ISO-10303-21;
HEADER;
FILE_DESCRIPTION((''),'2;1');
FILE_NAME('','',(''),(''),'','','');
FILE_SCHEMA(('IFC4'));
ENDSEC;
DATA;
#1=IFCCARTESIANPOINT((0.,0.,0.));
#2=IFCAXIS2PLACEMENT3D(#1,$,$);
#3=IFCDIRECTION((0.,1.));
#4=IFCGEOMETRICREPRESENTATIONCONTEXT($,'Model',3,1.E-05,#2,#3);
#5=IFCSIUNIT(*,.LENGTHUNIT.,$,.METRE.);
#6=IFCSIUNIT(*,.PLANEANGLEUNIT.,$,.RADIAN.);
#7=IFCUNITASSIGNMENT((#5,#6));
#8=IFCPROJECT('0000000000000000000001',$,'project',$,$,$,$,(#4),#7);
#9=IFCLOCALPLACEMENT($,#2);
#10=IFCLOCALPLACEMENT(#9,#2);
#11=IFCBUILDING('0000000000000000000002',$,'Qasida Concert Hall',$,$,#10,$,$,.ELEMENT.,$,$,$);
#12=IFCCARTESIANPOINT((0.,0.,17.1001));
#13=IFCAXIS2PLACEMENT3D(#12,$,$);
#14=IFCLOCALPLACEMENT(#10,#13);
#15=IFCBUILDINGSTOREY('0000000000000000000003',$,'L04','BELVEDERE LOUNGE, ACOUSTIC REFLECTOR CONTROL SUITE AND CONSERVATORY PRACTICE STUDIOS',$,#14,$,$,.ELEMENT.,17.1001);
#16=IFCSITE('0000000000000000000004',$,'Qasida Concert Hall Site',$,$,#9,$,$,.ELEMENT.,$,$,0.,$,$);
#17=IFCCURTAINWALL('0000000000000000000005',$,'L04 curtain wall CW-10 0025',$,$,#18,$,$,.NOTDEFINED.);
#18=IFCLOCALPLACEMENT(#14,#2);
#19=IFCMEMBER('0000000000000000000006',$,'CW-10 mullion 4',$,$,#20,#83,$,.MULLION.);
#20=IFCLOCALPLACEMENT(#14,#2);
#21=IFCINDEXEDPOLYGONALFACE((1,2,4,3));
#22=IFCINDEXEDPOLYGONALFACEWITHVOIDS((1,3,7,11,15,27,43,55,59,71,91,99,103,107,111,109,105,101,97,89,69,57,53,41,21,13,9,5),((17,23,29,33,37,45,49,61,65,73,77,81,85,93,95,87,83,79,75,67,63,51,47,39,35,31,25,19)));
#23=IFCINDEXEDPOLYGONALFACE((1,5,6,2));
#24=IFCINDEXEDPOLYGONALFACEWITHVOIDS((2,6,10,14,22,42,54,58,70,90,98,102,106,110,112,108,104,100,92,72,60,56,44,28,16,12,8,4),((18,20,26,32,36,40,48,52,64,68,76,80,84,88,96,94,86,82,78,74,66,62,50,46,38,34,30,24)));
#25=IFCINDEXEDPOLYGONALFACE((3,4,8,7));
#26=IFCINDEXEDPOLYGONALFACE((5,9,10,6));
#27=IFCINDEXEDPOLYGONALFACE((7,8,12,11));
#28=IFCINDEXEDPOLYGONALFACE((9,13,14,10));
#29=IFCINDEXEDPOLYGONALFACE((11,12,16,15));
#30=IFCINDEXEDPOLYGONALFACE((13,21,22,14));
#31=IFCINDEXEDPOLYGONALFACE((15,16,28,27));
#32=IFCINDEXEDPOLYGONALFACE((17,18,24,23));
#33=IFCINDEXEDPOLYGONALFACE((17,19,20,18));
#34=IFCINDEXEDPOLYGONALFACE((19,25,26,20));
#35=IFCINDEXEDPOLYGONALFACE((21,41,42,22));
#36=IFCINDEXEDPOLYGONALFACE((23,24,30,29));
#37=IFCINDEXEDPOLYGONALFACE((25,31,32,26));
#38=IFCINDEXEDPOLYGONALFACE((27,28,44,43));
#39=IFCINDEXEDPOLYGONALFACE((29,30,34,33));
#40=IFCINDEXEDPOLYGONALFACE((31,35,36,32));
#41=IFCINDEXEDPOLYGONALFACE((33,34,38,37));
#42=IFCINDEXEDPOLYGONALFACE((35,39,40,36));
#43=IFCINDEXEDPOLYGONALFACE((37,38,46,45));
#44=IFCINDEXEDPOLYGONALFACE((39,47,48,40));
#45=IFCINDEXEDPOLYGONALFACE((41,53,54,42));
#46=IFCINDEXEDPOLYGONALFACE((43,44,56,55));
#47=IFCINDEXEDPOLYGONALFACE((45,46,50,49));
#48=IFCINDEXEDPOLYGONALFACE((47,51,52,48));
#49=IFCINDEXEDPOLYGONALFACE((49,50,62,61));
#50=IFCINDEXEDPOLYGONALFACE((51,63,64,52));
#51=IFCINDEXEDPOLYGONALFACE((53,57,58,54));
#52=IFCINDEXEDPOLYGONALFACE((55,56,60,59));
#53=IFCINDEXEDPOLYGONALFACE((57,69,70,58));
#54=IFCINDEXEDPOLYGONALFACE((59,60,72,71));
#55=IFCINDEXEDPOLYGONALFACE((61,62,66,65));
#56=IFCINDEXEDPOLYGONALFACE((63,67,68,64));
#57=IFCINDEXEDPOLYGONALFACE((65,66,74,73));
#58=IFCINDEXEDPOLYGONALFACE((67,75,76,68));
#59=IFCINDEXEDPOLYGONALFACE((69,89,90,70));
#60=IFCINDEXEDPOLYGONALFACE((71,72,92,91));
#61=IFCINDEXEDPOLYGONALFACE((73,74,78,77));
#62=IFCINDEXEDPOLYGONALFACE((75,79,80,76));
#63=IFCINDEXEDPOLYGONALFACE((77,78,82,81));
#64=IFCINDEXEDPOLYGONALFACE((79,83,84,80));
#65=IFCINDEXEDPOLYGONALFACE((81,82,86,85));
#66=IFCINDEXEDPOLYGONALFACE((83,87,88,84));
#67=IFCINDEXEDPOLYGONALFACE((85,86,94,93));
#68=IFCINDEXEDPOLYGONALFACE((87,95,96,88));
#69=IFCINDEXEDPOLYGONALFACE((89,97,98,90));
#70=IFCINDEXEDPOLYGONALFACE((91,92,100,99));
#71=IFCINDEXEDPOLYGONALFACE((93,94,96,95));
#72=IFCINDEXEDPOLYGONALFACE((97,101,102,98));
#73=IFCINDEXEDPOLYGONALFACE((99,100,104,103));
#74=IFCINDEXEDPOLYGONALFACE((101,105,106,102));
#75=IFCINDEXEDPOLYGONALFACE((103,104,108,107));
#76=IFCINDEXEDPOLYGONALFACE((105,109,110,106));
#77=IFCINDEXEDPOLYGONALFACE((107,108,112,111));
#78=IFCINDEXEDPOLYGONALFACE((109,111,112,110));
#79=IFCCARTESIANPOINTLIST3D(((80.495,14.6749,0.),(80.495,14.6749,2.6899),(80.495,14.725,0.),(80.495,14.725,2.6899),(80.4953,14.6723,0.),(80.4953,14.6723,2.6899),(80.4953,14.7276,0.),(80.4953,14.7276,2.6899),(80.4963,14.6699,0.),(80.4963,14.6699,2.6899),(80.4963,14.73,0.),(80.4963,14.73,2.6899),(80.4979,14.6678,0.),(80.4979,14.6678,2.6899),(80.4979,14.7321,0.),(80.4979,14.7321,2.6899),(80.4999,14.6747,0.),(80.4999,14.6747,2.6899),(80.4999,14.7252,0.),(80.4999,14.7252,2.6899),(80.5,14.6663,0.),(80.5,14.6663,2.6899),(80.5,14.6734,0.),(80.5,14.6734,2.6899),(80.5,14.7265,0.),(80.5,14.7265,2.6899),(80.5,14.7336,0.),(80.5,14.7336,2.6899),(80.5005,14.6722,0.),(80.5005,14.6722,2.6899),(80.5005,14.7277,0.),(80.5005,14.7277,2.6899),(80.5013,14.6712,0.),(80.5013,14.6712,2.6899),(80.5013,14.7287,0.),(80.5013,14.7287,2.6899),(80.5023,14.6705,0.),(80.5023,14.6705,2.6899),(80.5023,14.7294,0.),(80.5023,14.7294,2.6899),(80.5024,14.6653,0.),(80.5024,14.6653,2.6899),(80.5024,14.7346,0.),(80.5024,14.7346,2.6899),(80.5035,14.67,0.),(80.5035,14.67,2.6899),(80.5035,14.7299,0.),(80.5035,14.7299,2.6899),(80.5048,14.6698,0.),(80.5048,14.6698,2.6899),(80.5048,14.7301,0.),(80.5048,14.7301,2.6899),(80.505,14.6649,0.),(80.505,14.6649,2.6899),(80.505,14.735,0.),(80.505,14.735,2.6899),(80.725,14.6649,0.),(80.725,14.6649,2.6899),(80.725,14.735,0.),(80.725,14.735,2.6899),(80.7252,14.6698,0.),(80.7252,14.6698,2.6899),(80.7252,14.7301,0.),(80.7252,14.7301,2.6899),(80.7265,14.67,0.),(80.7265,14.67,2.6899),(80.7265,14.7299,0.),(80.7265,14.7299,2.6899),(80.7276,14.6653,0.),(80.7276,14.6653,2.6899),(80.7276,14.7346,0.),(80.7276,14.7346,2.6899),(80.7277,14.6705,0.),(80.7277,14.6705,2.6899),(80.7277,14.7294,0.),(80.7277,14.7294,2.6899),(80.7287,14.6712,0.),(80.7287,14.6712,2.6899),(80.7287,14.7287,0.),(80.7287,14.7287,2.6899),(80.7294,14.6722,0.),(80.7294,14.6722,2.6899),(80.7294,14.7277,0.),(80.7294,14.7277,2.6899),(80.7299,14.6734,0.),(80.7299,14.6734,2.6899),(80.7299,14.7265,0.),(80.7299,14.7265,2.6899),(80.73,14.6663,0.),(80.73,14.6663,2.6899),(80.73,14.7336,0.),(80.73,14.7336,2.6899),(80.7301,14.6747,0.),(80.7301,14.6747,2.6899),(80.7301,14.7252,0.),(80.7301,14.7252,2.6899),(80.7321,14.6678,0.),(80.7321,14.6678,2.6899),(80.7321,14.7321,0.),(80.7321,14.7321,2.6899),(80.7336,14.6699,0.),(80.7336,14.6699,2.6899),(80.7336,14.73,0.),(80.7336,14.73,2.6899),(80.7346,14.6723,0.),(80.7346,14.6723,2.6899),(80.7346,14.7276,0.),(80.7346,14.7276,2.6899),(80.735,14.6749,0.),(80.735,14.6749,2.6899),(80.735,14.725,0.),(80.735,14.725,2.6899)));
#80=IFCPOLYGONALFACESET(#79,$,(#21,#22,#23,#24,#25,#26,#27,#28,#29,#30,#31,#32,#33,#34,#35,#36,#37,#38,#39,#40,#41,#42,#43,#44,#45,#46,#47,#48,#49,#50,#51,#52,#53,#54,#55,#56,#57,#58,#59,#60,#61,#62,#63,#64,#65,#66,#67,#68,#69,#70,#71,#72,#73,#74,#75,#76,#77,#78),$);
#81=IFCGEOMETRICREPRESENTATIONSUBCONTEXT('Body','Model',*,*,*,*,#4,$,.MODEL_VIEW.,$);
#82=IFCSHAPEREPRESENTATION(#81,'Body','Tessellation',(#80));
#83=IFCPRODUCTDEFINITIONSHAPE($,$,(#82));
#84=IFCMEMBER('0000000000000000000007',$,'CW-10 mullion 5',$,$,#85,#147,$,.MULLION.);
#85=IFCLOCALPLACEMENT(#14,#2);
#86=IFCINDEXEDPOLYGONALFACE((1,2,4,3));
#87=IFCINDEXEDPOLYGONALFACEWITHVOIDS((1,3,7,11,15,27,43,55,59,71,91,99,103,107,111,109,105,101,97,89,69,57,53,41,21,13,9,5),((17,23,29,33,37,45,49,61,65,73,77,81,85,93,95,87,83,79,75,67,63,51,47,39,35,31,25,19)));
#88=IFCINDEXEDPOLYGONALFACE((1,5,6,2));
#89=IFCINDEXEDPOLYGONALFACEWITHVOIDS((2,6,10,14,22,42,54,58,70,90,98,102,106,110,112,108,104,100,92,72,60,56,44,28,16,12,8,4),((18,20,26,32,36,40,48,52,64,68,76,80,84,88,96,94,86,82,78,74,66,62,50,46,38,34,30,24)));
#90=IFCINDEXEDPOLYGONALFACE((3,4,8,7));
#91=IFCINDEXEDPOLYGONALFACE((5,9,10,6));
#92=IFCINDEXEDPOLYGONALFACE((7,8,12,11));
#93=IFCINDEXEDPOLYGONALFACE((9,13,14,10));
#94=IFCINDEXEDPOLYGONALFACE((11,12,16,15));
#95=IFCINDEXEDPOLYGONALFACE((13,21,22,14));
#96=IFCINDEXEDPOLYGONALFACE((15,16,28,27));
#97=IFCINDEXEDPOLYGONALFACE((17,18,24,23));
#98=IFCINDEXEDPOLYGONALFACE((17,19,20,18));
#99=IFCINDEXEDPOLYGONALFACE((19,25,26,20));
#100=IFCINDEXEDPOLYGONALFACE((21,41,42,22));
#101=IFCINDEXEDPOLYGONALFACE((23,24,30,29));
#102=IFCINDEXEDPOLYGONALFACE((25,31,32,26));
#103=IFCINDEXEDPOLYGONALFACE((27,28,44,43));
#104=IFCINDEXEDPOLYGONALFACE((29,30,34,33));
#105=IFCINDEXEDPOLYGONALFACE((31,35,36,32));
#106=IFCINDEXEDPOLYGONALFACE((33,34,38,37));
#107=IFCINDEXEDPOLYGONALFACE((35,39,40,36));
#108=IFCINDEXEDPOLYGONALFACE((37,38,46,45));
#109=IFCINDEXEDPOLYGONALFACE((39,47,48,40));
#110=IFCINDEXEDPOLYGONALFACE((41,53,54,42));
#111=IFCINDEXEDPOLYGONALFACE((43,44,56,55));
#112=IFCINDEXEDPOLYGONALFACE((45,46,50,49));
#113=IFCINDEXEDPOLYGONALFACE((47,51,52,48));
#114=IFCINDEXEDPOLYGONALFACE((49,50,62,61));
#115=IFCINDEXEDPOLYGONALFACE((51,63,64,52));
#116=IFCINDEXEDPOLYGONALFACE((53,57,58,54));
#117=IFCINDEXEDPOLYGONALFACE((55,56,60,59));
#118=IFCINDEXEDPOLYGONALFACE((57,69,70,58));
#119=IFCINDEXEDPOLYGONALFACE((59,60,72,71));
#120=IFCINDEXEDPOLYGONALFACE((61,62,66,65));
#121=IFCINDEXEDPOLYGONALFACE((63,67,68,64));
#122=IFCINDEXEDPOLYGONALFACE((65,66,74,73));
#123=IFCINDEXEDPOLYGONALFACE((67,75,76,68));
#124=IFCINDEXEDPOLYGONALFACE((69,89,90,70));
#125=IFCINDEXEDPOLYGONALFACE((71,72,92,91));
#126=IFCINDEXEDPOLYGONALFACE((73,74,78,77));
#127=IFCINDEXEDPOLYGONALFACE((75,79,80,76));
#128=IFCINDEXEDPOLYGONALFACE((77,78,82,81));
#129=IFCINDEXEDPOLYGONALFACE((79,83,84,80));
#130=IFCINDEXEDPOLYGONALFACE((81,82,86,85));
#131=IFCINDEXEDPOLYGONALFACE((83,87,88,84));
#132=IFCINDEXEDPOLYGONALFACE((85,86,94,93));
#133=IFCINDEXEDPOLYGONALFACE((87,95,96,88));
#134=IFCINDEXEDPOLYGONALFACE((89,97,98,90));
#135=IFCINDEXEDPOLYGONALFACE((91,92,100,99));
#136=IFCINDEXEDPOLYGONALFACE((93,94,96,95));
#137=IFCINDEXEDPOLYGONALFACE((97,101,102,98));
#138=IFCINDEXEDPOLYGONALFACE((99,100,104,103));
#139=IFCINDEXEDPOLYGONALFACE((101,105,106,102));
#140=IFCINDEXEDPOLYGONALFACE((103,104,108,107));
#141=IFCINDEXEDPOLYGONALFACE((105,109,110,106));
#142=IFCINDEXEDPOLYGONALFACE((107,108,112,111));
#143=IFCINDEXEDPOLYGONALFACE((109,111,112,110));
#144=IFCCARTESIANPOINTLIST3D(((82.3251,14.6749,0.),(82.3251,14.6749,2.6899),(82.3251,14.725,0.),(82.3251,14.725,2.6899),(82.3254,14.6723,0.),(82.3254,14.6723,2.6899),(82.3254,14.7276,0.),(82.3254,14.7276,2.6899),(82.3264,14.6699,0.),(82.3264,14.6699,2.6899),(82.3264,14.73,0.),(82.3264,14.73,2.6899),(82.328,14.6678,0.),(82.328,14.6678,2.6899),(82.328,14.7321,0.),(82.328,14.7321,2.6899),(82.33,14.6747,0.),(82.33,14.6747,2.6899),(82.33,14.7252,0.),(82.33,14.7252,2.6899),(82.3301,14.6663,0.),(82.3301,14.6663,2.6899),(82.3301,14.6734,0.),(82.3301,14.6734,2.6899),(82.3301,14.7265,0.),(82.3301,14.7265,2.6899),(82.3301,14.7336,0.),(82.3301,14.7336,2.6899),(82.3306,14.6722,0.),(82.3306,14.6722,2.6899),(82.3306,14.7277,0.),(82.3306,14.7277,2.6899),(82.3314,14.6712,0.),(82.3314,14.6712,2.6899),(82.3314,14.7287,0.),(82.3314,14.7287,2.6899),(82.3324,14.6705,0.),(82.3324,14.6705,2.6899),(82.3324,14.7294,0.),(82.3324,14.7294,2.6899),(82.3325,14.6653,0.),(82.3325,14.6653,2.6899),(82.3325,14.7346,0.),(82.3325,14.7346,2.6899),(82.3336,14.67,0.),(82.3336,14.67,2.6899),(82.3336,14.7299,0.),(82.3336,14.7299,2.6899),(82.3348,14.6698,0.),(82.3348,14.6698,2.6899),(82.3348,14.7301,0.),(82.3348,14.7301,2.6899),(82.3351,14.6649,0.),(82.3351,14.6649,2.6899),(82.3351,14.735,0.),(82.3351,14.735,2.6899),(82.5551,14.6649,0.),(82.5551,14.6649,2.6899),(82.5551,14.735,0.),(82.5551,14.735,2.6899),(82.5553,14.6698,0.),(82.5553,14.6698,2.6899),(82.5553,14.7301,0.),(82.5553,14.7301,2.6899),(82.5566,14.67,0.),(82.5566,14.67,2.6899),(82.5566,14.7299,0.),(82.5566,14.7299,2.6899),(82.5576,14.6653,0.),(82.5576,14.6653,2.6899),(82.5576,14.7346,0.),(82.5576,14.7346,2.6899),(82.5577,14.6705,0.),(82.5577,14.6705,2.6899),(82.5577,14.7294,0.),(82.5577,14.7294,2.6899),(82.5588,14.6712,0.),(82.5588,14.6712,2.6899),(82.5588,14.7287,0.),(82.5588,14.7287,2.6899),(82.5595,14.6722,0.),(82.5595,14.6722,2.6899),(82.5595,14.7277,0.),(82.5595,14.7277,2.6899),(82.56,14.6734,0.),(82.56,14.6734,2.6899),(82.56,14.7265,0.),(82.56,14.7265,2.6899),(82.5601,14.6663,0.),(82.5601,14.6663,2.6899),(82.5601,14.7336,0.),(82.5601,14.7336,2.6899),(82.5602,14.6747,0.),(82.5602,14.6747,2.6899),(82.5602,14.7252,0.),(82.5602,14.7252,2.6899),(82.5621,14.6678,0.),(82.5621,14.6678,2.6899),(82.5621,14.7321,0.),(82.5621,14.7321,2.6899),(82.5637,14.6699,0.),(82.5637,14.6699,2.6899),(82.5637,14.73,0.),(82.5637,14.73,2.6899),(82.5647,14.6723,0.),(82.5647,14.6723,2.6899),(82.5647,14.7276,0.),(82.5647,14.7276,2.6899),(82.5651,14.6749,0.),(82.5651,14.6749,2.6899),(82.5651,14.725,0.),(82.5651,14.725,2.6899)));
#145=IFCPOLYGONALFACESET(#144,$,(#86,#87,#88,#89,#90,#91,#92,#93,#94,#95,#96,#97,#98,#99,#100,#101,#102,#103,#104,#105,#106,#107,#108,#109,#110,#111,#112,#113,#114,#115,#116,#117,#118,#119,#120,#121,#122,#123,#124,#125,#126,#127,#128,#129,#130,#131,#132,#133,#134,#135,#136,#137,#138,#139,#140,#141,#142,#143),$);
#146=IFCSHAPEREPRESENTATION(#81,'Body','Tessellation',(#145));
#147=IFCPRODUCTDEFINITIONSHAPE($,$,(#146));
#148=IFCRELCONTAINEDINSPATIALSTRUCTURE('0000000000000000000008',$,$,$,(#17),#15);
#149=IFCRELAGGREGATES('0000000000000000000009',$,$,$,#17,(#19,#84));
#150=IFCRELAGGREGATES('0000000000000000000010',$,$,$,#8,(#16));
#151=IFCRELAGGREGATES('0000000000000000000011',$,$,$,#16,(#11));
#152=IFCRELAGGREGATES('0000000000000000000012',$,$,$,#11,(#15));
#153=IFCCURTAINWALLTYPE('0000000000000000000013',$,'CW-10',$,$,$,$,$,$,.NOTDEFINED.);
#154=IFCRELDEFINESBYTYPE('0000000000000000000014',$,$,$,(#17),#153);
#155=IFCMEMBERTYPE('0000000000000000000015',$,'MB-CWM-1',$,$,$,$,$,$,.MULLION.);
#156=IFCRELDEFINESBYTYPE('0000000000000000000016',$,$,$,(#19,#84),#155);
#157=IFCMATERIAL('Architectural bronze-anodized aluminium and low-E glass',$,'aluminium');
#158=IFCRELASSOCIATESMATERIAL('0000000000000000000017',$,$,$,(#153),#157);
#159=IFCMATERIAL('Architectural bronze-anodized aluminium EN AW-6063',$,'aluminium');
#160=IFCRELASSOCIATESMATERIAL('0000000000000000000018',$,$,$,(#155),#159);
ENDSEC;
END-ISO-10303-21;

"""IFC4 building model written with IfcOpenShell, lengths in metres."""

from ifc_helpers import new_model, si_unit, direction, frame, origin, origin_2d, place, context, subcontext, project, spatial, hollow_rectangle, extrude, material, material_profile, profile_set, type_object, element, aggregate, save


model = new_model("IFC4")

# Units and contexts
model_context = context("Model", 3, precision=1e-05, world=origin(), true_north=direction((0.0, 1.0)))
body_context = subcontext(model_context, "Body", "Model", "MODEL_VIEW")
ifc_project = project(units=[si_unit("LENGTHUNIT", "METRE"), si_unit("PLANEANGLEUNIT", "RADIAN")], contexts=[model_context])

# Site, building, storey
site_placement = place(None, origin())
site = spatial("IfcSite", under=ifc_project, at=site_placement, Name="Qasida Concert Hall Site", CompositionType="ELEMENT", RefElevation=0.0)
building_placement = place(site_placement, origin())
building = spatial("IfcBuilding", under=site, at=building_placement, Name="Qasida Concert Hall", CompositionType="ELEMENT")
storey_placement = place(building_placement, frame((0.0, 0.0, 17.1001)))
storey = spatial("IfcBuildingStorey", under=building, at=storey_placement, Name="L04", Description="BELVEDERE LOUNGE, ACOUSTIC REFLECTOR CONTROL SUITE AND CONSERVATORY PRACTICE STUDIOS", CompositionType="ELEMENT", Elevation=17.1001)

# Curtain wall, members
ifc_material_1 = material(Name="Architectural bronze-anodized aluminium and low-E glass", Category="aluminium")
curtain_wall_type = type_object("IfcCurtainWallType", Name="CW-10", PredefinedType="NOTDEFINED", material=ifc_material_1)
curtain_wall_1_placement = place(storey_placement, origin())
curtain_wall_1 = element("IfcCurtainWall", 1, at=curtain_wall_1_placement, inside=storey, type_object=curtain_wall_type, Name="L04 curtain wall CW-10 0025", PredefinedType="NOTDEFINED")
ifc_material_2 = material(Name="Architectural bronze-anodized aluminium EN AW-6063", Category="aluminium")
ifc_material_profile_1 = material_profile(ifc_material_2, hollow_rectangle(XDim=0.0701, YDim=0.24, WallThickness=0.0049, InnerFilletRadius=0.0049, OuterFilletRadius=0.01, at=origin_2d()), Name="CWM 240x70x5")
ifc_profile_set_1 = profile_set([ifc_material_profile_1], Name="Architectural bronze-anodized aluminium EN AW-6063")
member_type_1 = type_object("IfcMemberType", Name="MB-CWM-1", PredefinedType="MULLION", material=ifc_profile_set_1)
member_1_placement = place(storey_placement, frame((80.615, 14.7, 0.0), z_axis=(0.0, 0.0, 1.0), x_axis=(0.0, 1.0, 0.0)))
member_1 = element("IfcMember", 2, at=member_1_placement, type_object=member_type_1, Name="CW-10 mullion 4", PredefinedType="MULLION", context=body_context, shape_type="SweptSolid", body=[
    extrude(hollow_rectangle(XDim=0.0701, YDim=0.24, WallThickness=0.0049, InnerFilletRadius=0.0049, OuterFilletRadius=0.01, at=origin_2d()), origin(), (0.0, 0.0, 1.0), 2.6899),
])
member_2_placement = place(storey_placement, frame((82.4451, 14.7, 0.0), z_axis=(0.0, 0.0, 1.0), x_axis=(0.0, 1.0, 0.0)))
member_2 = element("IfcMember", 3, at=member_2_placement, type_object=member_type_1, Name="CW-10 mullion 5", PredefinedType="MULLION", context=body_context, shape_type="SweptSolid", body=[
    extrude(hollow_rectangle(XDim=0.0701, YDim=0.24, WallThickness=0.0049, InnerFilletRadius=0.0049, OuterFilletRadius=0.01, at=origin_2d()), origin(), (0.0, 0.0, 1.0), 2.6899),
])

aggregate(curtain_wall_1, [member_1, member_2])

save(model, "model.ifc")
